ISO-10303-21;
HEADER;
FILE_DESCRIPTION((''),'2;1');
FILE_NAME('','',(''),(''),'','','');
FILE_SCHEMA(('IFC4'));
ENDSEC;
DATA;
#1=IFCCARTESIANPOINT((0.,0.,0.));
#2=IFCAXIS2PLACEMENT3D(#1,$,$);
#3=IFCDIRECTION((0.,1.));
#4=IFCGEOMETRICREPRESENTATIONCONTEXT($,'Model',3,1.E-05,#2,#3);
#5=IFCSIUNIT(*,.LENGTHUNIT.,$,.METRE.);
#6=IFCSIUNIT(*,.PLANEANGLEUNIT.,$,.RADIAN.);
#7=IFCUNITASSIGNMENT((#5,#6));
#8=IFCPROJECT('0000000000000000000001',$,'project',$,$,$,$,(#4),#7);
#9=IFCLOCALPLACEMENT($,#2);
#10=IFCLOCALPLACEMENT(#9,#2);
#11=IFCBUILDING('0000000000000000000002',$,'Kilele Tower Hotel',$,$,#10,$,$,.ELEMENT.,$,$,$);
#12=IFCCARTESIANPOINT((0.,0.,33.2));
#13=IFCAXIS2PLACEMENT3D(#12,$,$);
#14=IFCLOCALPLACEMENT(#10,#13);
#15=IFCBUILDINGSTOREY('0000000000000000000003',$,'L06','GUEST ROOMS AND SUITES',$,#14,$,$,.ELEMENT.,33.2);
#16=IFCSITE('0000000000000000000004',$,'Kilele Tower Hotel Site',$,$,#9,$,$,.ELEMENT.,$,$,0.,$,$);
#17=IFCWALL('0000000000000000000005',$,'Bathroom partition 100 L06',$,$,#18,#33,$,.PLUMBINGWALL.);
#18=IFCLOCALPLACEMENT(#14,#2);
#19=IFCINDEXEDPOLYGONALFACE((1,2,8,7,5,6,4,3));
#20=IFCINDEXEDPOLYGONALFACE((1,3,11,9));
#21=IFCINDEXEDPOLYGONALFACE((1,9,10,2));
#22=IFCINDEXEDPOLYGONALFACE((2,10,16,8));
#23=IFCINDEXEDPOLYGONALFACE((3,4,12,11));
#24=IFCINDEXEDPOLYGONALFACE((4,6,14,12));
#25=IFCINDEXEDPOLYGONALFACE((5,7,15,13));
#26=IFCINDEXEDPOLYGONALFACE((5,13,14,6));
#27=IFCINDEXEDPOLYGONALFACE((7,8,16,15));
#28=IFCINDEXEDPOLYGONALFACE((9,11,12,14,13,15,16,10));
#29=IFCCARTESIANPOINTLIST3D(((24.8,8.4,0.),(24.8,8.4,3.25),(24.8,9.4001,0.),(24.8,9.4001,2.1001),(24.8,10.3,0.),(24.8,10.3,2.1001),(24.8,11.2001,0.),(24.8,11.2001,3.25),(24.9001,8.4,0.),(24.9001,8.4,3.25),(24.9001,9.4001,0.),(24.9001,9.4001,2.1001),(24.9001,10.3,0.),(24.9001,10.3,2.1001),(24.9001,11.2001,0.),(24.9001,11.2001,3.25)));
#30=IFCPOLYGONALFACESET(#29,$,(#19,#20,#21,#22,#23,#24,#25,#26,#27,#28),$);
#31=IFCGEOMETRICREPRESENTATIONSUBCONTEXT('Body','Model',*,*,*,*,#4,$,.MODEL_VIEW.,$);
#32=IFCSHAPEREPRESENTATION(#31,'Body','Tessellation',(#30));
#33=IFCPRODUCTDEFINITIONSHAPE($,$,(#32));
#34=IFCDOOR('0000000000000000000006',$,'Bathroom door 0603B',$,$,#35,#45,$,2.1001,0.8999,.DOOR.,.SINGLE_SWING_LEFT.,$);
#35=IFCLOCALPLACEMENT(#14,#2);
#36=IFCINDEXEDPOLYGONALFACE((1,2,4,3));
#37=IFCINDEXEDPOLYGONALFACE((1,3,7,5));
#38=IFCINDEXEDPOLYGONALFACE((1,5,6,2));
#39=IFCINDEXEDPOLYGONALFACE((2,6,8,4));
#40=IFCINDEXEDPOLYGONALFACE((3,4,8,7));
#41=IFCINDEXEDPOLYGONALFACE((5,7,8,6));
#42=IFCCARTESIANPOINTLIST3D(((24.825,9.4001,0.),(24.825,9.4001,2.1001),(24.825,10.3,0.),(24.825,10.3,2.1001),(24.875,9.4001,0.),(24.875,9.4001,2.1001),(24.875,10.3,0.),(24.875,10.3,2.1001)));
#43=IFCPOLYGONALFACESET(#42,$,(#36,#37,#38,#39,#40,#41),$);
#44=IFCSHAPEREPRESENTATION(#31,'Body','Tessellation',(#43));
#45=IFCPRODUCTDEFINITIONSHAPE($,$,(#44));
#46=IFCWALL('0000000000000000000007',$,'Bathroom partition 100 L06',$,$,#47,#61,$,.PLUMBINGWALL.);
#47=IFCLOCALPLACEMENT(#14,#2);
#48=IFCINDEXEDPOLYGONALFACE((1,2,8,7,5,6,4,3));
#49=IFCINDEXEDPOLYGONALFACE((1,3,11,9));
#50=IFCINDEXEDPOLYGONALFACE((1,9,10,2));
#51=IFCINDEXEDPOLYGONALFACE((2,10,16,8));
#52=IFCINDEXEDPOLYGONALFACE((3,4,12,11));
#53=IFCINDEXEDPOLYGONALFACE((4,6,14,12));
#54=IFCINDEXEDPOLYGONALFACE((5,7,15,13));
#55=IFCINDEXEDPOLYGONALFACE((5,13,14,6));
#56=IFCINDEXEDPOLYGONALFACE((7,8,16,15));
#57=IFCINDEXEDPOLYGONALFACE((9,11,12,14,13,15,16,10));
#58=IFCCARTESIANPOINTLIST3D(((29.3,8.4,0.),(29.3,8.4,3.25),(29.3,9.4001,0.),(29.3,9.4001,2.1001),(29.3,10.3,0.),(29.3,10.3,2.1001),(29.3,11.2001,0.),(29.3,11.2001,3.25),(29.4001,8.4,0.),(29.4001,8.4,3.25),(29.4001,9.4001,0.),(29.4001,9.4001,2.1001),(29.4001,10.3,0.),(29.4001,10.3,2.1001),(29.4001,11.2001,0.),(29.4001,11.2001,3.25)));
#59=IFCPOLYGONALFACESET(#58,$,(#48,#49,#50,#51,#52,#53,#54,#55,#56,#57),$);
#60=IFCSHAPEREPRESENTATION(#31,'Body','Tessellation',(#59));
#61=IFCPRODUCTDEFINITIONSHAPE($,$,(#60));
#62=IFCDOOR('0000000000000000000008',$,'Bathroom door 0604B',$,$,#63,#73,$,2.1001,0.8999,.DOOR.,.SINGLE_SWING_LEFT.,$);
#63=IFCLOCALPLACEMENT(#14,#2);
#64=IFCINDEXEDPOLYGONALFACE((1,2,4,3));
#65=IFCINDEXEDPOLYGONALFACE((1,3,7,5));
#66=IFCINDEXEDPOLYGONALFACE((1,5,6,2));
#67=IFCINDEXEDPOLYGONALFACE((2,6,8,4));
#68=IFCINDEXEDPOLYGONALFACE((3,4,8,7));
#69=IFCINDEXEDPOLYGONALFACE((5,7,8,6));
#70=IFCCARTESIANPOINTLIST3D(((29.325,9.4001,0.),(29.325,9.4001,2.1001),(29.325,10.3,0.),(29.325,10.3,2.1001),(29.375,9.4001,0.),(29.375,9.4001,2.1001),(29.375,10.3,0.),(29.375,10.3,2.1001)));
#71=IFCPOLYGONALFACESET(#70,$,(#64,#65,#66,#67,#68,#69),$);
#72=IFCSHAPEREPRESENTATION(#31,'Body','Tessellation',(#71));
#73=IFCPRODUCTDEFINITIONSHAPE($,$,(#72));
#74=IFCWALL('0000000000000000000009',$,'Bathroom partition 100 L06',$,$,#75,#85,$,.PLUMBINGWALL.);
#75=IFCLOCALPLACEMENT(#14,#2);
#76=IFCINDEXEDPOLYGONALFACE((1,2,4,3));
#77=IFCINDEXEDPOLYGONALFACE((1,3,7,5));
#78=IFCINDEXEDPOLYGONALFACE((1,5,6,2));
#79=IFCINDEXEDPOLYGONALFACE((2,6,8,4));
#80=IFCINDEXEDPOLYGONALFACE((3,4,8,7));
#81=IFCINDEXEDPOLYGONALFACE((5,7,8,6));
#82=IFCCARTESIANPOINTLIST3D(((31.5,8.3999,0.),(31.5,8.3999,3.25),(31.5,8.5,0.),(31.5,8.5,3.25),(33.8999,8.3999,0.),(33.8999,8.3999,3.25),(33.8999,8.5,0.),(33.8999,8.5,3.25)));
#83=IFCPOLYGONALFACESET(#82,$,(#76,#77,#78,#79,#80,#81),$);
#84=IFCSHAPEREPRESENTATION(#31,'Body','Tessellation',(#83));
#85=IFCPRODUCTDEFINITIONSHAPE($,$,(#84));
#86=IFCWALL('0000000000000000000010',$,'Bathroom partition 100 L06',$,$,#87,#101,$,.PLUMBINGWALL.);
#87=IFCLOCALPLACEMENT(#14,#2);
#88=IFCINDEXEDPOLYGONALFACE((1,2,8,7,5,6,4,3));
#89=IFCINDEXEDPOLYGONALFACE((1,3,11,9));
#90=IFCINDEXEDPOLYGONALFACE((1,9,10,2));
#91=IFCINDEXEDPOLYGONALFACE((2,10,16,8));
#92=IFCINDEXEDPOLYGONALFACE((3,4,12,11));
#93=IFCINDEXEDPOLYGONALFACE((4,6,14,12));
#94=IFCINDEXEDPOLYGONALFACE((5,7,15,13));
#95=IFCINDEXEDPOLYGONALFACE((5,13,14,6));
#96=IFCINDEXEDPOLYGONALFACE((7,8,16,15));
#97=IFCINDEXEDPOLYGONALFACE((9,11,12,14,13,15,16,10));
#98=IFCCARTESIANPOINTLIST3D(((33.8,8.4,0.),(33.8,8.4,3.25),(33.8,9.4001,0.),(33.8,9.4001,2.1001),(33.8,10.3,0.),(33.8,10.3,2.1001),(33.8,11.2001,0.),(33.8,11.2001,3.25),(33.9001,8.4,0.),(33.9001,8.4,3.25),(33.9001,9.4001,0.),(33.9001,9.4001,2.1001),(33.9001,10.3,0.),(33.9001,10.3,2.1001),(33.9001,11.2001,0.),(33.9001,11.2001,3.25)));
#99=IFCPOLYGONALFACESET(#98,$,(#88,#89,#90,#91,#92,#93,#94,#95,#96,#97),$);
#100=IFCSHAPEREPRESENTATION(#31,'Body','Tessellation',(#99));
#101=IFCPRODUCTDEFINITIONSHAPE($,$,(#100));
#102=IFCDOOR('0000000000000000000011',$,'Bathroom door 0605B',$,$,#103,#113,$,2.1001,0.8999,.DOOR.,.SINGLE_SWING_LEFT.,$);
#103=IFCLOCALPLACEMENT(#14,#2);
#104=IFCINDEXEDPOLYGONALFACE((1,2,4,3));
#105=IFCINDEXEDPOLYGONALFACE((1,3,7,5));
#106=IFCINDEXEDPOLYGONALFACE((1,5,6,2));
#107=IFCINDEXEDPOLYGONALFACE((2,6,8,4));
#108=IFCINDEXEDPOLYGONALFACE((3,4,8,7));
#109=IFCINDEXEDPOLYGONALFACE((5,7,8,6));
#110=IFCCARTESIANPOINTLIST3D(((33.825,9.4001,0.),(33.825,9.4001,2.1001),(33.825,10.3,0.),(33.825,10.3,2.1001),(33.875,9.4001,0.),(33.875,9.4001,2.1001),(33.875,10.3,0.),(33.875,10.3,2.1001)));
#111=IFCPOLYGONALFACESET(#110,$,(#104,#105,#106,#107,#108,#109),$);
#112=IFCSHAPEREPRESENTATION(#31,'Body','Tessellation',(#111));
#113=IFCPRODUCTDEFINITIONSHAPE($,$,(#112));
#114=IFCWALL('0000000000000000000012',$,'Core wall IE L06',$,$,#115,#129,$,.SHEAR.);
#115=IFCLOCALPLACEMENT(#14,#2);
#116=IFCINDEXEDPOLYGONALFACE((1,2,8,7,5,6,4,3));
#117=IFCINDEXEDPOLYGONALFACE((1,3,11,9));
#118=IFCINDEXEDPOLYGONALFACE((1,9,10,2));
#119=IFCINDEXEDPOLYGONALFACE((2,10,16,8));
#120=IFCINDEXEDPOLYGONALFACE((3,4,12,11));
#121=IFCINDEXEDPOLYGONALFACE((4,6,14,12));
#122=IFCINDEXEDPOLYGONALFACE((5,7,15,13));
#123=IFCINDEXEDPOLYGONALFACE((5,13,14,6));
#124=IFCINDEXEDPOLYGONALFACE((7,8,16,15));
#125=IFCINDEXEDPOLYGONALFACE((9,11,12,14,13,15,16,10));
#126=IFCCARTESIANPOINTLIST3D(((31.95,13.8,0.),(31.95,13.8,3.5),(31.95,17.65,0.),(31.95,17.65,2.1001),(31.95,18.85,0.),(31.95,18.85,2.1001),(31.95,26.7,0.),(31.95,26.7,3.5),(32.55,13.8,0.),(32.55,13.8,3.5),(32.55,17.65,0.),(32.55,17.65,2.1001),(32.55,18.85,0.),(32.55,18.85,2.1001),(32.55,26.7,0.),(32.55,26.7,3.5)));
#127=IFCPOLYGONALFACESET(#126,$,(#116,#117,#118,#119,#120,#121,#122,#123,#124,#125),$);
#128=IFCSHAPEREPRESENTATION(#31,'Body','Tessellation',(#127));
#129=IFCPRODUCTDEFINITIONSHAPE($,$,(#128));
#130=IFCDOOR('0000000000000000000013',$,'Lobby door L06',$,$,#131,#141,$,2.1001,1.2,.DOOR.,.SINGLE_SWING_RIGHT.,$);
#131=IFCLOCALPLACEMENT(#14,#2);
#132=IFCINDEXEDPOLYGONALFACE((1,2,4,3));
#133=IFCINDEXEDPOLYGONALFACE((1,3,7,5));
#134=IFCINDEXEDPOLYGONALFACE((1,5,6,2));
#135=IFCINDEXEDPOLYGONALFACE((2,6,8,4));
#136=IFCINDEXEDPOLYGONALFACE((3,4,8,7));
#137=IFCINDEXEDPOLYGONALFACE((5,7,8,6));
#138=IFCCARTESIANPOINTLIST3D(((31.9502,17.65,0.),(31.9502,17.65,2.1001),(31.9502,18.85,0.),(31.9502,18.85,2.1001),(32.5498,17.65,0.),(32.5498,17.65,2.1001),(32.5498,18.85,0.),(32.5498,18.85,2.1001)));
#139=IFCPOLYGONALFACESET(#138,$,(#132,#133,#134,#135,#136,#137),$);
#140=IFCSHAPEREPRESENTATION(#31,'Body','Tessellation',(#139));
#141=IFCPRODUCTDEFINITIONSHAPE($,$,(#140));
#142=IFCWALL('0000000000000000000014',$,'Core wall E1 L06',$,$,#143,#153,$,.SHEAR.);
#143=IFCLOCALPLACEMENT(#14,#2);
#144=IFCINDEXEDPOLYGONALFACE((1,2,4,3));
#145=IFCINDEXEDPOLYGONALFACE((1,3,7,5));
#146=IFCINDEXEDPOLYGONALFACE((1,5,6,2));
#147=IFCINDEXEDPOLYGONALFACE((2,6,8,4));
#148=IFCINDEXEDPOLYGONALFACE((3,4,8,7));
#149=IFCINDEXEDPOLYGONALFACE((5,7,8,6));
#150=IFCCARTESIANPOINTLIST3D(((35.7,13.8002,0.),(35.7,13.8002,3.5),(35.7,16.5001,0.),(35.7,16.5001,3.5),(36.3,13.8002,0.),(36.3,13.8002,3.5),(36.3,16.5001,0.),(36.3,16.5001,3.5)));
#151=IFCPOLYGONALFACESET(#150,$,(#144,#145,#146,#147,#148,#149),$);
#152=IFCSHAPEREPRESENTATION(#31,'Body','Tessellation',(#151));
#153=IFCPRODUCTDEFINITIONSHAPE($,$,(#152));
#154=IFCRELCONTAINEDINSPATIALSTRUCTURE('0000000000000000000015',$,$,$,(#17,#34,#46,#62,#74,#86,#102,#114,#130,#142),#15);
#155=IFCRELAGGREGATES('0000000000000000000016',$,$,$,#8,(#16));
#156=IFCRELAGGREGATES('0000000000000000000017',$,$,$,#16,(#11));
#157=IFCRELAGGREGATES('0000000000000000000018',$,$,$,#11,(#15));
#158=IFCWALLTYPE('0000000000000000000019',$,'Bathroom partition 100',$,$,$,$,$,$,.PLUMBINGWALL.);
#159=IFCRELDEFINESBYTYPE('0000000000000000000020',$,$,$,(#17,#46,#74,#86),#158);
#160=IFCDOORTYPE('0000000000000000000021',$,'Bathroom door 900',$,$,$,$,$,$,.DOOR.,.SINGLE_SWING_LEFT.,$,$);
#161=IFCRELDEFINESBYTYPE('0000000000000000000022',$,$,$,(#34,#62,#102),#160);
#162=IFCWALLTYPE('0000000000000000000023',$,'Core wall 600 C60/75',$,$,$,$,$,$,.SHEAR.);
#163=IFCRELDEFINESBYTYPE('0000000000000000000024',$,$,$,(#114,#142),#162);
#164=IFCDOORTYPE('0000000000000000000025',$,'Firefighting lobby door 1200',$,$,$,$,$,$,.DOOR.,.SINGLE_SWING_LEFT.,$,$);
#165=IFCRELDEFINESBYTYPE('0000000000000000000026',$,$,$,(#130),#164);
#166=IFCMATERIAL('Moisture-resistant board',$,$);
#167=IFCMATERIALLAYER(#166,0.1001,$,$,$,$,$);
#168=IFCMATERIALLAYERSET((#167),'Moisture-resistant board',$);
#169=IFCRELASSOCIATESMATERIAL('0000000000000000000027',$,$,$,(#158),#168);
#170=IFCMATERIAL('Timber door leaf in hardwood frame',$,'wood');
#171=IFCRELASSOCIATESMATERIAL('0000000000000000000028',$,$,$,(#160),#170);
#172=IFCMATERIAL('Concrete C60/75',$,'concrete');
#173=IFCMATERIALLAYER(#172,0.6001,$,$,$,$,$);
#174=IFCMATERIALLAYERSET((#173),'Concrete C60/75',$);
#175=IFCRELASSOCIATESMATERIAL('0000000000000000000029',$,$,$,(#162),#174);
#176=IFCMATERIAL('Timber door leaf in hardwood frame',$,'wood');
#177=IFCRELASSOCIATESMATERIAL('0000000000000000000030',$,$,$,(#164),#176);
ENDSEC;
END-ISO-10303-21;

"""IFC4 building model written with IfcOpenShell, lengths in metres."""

from ifc_helpers import new_model, si_unit, direction, frame, frame_2d, origin, place, context, subcontext, project, spatial, rectangle, extrude, material, layer, layer_set, type_object, element, fill, save


model = new_model("IFC4")

# Units and contexts
model_context = context("Model", 3, precision=1e-05, world=origin(), true_north=direction((0.0, 1.0)))
body_context = subcontext(model_context, "Body", "Model", "MODEL_VIEW")
ifc_project = project(units=[si_unit("LENGTHUNIT", "METRE"), si_unit("PLANEANGLEUNIT", "RADIAN")], contexts=[model_context])

# Site, building, storey
site_placement = place(None, origin())
site = spatial("IfcSite", under=ifc_project, at=site_placement, Name="Kilele Tower Hotel Site", CompositionType="ELEMENT", RefElevation=0.0)
building_placement = place(site_placement, origin())
building = spatial("IfcBuilding", under=site, at=building_placement, Name="Kilele Tower Hotel", CompositionType="ELEMENT")
storey_placement = place(building_placement, frame((0.0, 0.0, 33.2)))
storey = spatial("IfcBuildingStorey", under=building, at=storey_placement, Name="L06", Description="GUEST ROOMS AND SUITES", CompositionType="ELEMENT", Elevation=33.2)

# Walls, openings, doors
ifc_material_1 = material(Name="Moisture-resistant board")
ifc_layer_1 = layer(ifc_material_1, 0.1001)
ifc_layer_set_1 = layer_set([ifc_layer_1], Name="Moisture-resistant board")
wall_type_1 = type_object("IfcWallType", Name="Bathroom partition 100", PredefinedType="PLUMBINGWALL", material=ifc_layer_set_1)
wall_1_placement = place(storey_placement, frame((24.8501, 11.2, 0.0), z_axis=(0.0, 0.0, 1.0), x_axis=(0.0, -1.0, 0.0)))
wall_1 = element("IfcWall", 1, at=wall_1_placement, inside=storey, type_object=wall_type_1, Name="Bathroom partition 100 L06", PredefinedType="PLUMBINGWALL", context=body_context, shape_type="SweptSolid", body=[
    extrude(rectangle(XDim=2.8, YDim=0.1001, at=frame_2d((1.3999, 0.0))), origin(), (0.0, 0.0, 1.0), 3.25),
])
opening_1_placement = place(wall_1_placement, frame((0.8999, 0.0, 0.0)))
opening_1 = element("IfcOpeningElement", 2, at=opening_1_placement, cuts=wall_1, PredefinedType="OPENING", context=body_context, shape_type="SweptSolid", body=[
    extrude(rectangle(XDim=0.8999, YDim=2.1001, at=frame_2d((0.45, 1.05))), frame((0.0, 0.0601, 0.0), z_axis=(0.0, -1.0, 0.0), x_axis=(1.0, 0.0, 0.0)), (0.0, 0.0, 1.0), 0.1201),
])
ifc_material_2 = material(Name="Timber door leaf in hardwood frame", Category="wood")
door_type_1 = type_object("IfcDoorType", Name="Bathroom door 900", OperationType="SINGLE_SWING_LEFT", PredefinedType="DOOR", material=ifc_material_2)
door_1_placement = place(opening_1_placement, origin())
door_1 = element("IfcDoor", 3, at=door_1_placement, inside=storey, type_object=door_type_1, Name="Bathroom door 0603B", OperationType="SINGLE_SWING_LEFT", OverallHeight=2.1001, OverallWidth=0.8999, PredefinedType="DOOR", context=body_context, shape_type="SweptSolid", body=[
    extrude(rectangle(XDim=0.8999, YDim=2.1001, at=frame_2d((0.45, 1.05))), frame((0.0, 0.0249, 0.0), z_axis=(0.0, -1.0, 0.0), x_axis=(1.0, 0.0, 0.0)), (0.0, 0.0, 1.0), 0.05),
])
fill(opening_1, door_1)
wall_2_placement = place(storey_placement, frame((29.3501, 11.2, 0.0), z_axis=(0.0, 0.0, 1.0), x_axis=(0.0, -1.0, 0.0)))
wall_2 = element("IfcWall", 4, at=wall_2_placement, inside=storey, type_object=wall_type_1, Name="Bathroom partition 100 L06", PredefinedType="PLUMBINGWALL", context=body_context, shape_type="SweptSolid", body=[
    extrude(rectangle(XDim=2.8, YDim=0.1001, at=frame_2d((1.3999, 0.0))), origin(), (0.0, 0.0, 1.0), 3.25),
])
opening_2_placement = place(wall_2_placement, frame((0.8999, 0.0, 0.0)))
opening_2 = element("IfcOpeningElement", 5, at=opening_2_placement, cuts=wall_2, PredefinedType="OPENING", context=body_context, shape_type="SweptSolid", body=[
    extrude(rectangle(XDim=0.8999, YDim=2.1001, at=frame_2d((0.45, 1.05))), frame((0.0, 0.0601, 0.0), z_axis=(0.0, -1.0, 0.0), x_axis=(1.0, 0.0, 0.0)), (0.0, 0.0, 1.0), 0.1201),
])
door_2_placement = place(opening_2_placement, origin())
door_2 = element("IfcDoor", 6, at=door_2_placement, inside=storey, type_object=door_type_1, Name="Bathroom door 0604B", OperationType="SINGLE_SWING_LEFT", OverallHeight=2.1001, OverallWidth=0.8999, PredefinedType="DOOR", context=body_context, shape_type="SweptSolid", body=[
    extrude(rectangle(XDim=0.8999, YDim=2.1001, at=frame_2d((0.45, 1.05))), frame((0.0, 0.0249, 0.0), z_axis=(0.0, -1.0, 0.0), x_axis=(1.0, 0.0, 0.0)), (0.0, 0.0, 1.0), 0.05),
])
fill(opening_2, door_2)

# Wall
wall_3_placement = place(storey_placement, frame((31.5, 8.45, 0.0), z_axis=(0.0, 0.0, 1.0), x_axis=(1.0, 0.0, 0.0)))
element("IfcWall", 7, at=wall_3_placement, inside=storey, type_object=wall_type_1, Name="Bathroom partition 100 L06", PredefinedType="PLUMBINGWALL", context=body_context, shape_type="SweptSolid", body=[
    extrude(rectangle(XDim=2.3999, YDim=0.1001, at=frame_2d((1.2, 0.0))), origin(), (0.0, 0.0, 1.0), 3.25),
])

# Walls, openings, doors
wall_4_placement = place(storey_placement, frame((33.8501, 11.2, 0.0), z_axis=(0.0, 0.0, 1.0), x_axis=(0.0, -1.0, 0.0)))
wall_4 = element("IfcWall", 8, at=wall_4_placement, inside=storey, type_object=wall_type_1, Name="Bathroom partition 100 L06", PredefinedType="PLUMBINGWALL", context=body_context, shape_type="SweptSolid", body=[
    extrude(rectangle(XDim=2.8, YDim=0.1001, at=frame_2d((1.3999, 0.0))), origin(), (0.0, 0.0, 1.0), 3.25),
])
opening_3_placement = place(wall_4_placement, frame((0.8999, 0.0, 0.0)))
opening_3 = element("IfcOpeningElement", 9, at=opening_3_placement, cuts=wall_4, PredefinedType="OPENING", context=body_context, shape_type="SweptSolid", body=[
    extrude(rectangle(XDim=0.8999, YDim=2.1001, at=frame_2d((0.45, 1.05))), frame((0.0, 0.0601, 0.0), z_axis=(0.0, -1.0, 0.0), x_axis=(1.0, 0.0, 0.0)), (0.0, 0.0, 1.0), 0.1201),
])
door_3_placement = place(opening_3_placement, origin())
door_3 = element("IfcDoor", 10, at=door_3_placement, inside=storey, type_object=door_type_1, Name="Bathroom door 0605B", OperationType="SINGLE_SWING_LEFT", OverallHeight=2.1001, OverallWidth=0.8999, PredefinedType="DOOR", context=body_context, shape_type="SweptSolid", body=[
    extrude(rectangle(XDim=0.8999, YDim=2.1001, at=frame_2d((0.45, 1.05))), frame((0.0, 0.0249, 0.0), z_axis=(0.0, -1.0, 0.0), x_axis=(1.0, 0.0, 0.0)), (0.0, 0.0, 1.0), 0.05),
])
fill(opening_3, door_3)
ifc_material_3 = material(Name="Concrete C60/75", Category="concrete")
ifc_layer_2 = layer(ifc_material_3, 0.6001)
ifc_layer_set_2 = layer_set([ifc_layer_2], Name="Concrete C60/75")
wall_type_2 = type_object("IfcWallType", Name="Core wall 600 C60/75", PredefinedType="SHEAR", material=ifc_layer_set_2)
wall_5_placement = place(storey_placement, frame((32.25, 13.8, 0.0), z_axis=(0.0, 0.0, 1.0), x_axis=(0.0, 1.0, 0.0)))
wall_5 = element("IfcWall", 11, at=wall_5_placement, inside=storey, type_object=wall_type_2, Name="Core wall IE L06", PredefinedType="SHEAR", context=body_context, shape_type="SweptSolid", body=[
    extrude(rectangle(XDim=12.8999, YDim=0.6001, at=frame_2d((6.45, 0.0))), origin(), (0.0, 0.0, 1.0), 3.5),
])
opening_4_placement = place(wall_5_placement, frame((5.05, 0.0, 0.0), z_axis=(0.0, 0.0, 1.0), x_axis=(-1.0, 0.0, 0.0)))
opening_4 = element("IfcOpeningElement", 12, at=opening_4_placement, cuts=wall_5, PredefinedType="OPENING", context=body_context, shape_type="SweptSolid", body=[
    extrude(rectangle(XDim=1.2, YDim=2.1001, at=frame_2d((0.6001, 1.05))), frame((0.0, 0.3101, 0.0), z_axis=(0.0, -1.0, 0.0), x_axis=(1.0, 0.0, 0.0)), (0.0, 0.0, 1.0), 0.6201),
])
ifc_material_4 = material(Name="Timber door leaf in hardwood frame", Category="wood")
door_type_2 = type_object("IfcDoorType", Name="Firefighting lobby door 1200", OperationType="SINGLE_SWING_LEFT", PredefinedType="DOOR", material=ifc_material_4)
door_4_placement = place(opening_4_placement, origin())
door_4 = element("IfcDoor", 13, at=door_4_placement, inside=storey, type_object=door_type_2, Name="Lobby door L06", OperationType="SINGLE_SWING_RIGHT", OverallHeight=2.1001, OverallWidth=1.2, PredefinedType="DOOR", context=body_context, shape_type="SweptSolid", body=[
    extrude(rectangle(XDim=1.2, YDim=2.1001, at=frame_2d((0.6001, 1.05))), frame((0.0, 0.2998, 0.0), z_axis=(0.0, -1.0, 0.0), x_axis=(1.0, 0.0, 0.0)), (0.0, 0.0, 1.0), 0.5996),
])
fill(opening_4, door_4)

# Wall
wall_6_placement = place(storey_placement, frame((36.0, 13.8, 0.0), z_axis=(0.0, 0.0, 1.0), x_axis=(0.0, 1.0, 0.0)))
element("IfcWall", 14, at=wall_6_placement, inside=storey, type_object=wall_type_2, Name="Core wall E1 L06", PredefinedType="SHEAR", context=body_context, shape_type="SweptSolid", body=[
    extrude(rectangle(XDim=2.7, YDim=0.6001, at=frame_2d((1.3501, 0.0))), origin(), (0.0, 0.0, 1.0), 3.5),
])

save(model, "model.ifc")
